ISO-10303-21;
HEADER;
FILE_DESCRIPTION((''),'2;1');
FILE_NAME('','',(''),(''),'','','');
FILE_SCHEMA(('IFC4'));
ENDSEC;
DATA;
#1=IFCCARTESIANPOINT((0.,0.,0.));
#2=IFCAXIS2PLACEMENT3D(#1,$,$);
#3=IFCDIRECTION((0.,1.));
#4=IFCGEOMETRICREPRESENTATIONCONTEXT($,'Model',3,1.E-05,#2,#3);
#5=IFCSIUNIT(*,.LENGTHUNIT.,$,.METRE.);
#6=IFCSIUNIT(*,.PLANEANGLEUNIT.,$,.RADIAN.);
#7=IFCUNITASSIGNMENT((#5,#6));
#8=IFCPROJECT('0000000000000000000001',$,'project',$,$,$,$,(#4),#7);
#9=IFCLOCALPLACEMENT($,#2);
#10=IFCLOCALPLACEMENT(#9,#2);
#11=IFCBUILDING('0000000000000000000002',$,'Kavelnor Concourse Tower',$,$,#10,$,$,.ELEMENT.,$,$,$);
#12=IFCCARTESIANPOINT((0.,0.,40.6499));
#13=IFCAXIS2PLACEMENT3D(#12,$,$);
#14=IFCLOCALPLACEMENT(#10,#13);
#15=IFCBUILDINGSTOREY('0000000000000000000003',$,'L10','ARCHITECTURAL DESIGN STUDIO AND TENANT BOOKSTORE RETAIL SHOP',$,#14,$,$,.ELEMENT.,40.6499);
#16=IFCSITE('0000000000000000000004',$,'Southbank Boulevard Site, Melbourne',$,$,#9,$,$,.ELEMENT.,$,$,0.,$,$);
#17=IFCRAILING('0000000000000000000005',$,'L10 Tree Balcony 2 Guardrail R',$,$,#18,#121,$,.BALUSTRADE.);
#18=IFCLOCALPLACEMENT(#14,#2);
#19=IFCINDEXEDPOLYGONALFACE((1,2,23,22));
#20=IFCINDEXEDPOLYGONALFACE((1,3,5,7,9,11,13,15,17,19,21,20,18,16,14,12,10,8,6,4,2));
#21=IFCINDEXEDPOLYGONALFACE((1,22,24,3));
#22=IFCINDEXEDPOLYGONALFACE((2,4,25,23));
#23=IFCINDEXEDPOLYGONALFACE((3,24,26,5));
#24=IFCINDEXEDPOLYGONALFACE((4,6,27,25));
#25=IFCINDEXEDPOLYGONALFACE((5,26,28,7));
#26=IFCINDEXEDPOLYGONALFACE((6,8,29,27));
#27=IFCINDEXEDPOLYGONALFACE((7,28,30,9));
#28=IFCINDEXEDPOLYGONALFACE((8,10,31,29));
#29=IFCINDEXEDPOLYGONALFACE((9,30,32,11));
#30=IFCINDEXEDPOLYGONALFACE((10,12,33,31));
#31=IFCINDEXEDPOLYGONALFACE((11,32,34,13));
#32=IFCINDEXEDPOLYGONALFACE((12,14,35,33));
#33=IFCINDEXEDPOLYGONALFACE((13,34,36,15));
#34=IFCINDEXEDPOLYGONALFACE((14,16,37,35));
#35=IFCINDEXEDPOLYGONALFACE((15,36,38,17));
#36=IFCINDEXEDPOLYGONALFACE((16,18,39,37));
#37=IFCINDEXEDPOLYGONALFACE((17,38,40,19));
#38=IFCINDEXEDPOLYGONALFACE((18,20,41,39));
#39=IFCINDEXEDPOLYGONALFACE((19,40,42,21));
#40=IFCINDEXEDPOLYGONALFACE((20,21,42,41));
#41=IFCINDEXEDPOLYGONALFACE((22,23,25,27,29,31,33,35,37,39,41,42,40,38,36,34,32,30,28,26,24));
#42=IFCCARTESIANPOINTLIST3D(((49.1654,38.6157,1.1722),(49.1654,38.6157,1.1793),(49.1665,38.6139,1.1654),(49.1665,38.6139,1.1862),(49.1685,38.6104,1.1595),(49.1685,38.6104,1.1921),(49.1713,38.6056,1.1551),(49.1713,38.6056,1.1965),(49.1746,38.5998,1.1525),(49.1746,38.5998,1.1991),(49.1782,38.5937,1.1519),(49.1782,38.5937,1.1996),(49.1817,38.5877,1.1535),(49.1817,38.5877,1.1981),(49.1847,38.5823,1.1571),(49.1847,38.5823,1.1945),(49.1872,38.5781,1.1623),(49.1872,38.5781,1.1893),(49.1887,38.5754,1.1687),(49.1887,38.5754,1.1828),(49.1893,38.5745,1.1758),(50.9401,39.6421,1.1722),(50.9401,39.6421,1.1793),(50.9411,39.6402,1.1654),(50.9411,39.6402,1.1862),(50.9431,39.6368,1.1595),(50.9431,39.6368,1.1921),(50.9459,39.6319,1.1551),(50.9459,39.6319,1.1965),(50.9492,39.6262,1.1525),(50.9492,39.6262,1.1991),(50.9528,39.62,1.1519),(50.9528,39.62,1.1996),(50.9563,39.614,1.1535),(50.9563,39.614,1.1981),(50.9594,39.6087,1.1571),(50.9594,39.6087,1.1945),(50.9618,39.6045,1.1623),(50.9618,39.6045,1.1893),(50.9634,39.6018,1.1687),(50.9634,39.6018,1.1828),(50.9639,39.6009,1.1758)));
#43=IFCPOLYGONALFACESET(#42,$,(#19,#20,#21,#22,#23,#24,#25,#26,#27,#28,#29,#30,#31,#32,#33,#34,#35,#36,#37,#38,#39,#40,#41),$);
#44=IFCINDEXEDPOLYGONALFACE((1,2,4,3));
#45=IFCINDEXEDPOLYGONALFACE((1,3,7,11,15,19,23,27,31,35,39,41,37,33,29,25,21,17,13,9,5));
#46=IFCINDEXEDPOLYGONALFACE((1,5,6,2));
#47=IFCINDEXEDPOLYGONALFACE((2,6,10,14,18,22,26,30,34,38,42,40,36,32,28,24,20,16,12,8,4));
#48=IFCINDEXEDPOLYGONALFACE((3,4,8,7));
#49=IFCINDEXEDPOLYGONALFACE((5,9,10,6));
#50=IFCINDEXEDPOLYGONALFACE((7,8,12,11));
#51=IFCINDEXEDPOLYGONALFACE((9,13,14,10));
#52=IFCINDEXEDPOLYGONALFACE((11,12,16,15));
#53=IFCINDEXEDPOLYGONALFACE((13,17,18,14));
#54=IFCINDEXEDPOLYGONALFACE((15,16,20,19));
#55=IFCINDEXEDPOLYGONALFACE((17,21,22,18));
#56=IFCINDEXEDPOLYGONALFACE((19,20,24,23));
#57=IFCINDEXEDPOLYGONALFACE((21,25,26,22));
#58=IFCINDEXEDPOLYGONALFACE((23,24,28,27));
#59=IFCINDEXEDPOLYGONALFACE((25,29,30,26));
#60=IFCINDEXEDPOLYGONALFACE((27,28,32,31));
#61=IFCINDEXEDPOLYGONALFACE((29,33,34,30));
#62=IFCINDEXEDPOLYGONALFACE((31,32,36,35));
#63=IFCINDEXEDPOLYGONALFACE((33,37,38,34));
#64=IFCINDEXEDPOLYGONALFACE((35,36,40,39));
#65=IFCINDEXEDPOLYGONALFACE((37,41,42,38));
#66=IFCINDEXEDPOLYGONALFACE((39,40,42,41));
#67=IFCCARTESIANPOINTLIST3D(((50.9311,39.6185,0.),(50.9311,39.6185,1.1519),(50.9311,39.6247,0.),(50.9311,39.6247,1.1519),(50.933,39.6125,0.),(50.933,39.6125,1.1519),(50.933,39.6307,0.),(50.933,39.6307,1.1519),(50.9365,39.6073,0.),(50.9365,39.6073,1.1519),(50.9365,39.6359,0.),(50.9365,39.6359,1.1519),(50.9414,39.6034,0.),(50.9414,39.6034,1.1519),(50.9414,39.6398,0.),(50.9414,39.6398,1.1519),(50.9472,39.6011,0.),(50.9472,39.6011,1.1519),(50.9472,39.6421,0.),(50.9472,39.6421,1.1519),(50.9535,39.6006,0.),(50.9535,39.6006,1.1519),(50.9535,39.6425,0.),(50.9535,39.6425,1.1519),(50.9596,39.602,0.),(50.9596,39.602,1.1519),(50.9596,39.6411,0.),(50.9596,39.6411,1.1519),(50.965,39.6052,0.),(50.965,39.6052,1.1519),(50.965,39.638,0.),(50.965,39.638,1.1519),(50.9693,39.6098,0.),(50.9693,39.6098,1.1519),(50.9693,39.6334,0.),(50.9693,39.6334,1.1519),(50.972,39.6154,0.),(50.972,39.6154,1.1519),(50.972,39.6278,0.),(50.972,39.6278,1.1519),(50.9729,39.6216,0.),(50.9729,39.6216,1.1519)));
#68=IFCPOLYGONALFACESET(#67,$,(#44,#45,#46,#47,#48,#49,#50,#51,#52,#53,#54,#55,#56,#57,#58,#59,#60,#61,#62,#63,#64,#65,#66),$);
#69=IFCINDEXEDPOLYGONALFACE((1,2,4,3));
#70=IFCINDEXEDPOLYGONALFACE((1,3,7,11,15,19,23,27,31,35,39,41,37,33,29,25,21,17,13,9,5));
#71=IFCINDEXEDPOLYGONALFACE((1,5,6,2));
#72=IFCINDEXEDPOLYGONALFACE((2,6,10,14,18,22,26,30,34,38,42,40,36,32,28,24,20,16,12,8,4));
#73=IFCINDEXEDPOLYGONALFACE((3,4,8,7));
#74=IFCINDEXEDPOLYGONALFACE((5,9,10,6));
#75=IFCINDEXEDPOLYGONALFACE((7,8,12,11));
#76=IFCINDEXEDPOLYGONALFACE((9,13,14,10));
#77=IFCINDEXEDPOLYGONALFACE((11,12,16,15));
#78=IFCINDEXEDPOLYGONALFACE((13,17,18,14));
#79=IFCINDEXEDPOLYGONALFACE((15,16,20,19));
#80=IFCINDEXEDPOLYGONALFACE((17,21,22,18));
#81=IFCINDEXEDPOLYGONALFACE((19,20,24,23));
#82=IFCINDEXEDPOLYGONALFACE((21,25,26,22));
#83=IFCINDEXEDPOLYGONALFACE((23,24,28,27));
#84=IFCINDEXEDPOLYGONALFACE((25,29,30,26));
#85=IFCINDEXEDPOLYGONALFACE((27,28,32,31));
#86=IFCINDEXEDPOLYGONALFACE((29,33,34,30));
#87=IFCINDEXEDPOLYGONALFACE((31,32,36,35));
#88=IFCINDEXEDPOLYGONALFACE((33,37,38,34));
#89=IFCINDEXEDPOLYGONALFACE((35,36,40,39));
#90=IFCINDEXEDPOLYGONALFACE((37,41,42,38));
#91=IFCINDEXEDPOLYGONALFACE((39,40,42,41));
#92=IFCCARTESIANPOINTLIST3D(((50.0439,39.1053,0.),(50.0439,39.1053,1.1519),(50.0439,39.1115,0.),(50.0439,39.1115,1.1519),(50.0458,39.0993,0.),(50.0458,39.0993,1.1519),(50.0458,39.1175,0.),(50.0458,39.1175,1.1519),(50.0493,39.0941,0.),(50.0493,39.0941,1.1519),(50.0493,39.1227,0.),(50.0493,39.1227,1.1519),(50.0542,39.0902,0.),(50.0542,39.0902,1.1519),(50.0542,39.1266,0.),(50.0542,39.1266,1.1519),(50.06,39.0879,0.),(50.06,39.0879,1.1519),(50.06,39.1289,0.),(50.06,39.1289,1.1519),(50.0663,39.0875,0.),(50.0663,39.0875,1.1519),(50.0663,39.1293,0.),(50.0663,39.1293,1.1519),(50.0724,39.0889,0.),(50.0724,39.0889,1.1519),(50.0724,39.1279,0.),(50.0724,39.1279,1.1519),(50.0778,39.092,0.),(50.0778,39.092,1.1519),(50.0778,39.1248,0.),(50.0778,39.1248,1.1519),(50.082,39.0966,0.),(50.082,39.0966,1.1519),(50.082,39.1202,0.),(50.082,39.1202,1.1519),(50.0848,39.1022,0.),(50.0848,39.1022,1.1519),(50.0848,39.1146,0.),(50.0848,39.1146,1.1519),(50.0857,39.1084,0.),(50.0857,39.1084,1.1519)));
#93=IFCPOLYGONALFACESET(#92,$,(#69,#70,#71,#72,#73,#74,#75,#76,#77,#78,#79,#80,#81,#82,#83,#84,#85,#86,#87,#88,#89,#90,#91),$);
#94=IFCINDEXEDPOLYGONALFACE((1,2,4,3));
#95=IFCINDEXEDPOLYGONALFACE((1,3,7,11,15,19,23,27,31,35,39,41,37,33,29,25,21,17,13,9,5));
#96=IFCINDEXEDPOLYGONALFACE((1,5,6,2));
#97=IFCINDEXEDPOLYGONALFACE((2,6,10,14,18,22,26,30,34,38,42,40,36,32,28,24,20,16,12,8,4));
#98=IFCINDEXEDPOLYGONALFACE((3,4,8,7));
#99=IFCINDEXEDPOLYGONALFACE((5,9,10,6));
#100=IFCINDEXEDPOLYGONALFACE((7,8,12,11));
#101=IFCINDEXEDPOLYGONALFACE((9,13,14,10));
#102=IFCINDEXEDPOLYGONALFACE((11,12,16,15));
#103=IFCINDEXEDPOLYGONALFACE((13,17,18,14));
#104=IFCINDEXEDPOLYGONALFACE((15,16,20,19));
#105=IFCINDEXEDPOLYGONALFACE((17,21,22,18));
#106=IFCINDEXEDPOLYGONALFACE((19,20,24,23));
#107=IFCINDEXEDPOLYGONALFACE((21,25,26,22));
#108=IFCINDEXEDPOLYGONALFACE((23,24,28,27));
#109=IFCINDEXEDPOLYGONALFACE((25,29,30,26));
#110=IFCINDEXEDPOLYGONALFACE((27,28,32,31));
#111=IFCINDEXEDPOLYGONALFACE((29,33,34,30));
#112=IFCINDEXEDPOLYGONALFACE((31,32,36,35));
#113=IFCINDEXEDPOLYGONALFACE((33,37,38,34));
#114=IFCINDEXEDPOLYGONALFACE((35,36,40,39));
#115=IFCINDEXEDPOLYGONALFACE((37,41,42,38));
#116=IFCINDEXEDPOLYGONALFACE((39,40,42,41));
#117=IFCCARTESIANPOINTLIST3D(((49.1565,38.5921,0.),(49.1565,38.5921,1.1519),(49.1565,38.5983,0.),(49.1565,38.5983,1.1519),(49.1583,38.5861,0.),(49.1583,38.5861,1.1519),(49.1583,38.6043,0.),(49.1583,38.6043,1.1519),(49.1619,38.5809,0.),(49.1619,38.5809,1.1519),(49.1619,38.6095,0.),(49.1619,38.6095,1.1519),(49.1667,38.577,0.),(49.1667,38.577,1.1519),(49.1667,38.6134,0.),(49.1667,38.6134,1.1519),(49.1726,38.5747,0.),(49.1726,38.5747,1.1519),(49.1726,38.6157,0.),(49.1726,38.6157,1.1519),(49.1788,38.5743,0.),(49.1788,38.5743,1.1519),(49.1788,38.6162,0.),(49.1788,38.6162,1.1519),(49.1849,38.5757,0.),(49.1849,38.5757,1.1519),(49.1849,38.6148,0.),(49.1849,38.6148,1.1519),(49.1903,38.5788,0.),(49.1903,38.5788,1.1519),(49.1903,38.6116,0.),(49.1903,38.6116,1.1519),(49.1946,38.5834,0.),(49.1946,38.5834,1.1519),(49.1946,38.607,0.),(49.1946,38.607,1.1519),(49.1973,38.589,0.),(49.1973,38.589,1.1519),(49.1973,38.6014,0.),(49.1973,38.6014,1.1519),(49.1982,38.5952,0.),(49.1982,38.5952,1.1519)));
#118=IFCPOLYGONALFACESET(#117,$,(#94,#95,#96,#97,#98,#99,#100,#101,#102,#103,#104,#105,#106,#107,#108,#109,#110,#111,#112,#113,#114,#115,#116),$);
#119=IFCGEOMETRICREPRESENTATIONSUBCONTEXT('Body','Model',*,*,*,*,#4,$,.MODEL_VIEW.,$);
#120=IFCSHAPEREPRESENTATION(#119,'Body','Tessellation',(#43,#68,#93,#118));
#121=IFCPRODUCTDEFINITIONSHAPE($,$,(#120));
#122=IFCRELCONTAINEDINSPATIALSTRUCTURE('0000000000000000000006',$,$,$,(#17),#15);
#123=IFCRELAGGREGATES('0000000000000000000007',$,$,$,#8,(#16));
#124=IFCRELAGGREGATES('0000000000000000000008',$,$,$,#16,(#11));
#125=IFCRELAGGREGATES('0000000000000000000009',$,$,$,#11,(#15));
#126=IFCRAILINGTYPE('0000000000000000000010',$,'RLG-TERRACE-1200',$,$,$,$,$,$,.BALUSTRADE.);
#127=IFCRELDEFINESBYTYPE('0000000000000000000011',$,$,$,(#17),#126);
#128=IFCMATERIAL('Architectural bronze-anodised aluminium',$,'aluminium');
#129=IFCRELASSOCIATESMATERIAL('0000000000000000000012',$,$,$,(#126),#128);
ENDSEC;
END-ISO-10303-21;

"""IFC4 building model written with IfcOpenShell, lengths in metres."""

from ifc_helpers import new_model, si_unit, direction, frame, origin, origin_2d, place, context, subcontext, project, spatial, circle, extrude, material, type_object, element, save


model = new_model("IFC4")

# Units and contexts
model_context = context("Model", 3, precision=1e-05, world=origin(), true_north=direction((0.0, 1.0)))
body_context = subcontext(model_context, "Body", "Model", "MODEL_VIEW")
ifc_project = project(units=[si_unit("LENGTHUNIT", "METRE"), si_unit("PLANEANGLEUNIT", "RADIAN")], contexts=[model_context])

# Site, building, storey
site_placement = place(None, origin())
site = spatial("IfcSite", under=ifc_project, at=site_placement, Name="Southbank Boulevard Site, Melbourne", CompositionType="ELEMENT", RefElevation=0.0)
building_placement = place(site_placement, origin())
building = spatial("IfcBuilding", under=site, at=building_placement, Name="Kavelnor Concourse Tower", CompositionType="ELEMENT")
storey_placement = place(building_placement, frame((0.0, 0.0, 40.6499)))
storey = spatial("IfcBuildingStorey", under=building, at=storey_placement, Name="L10", Description="ARCHITECTURAL DESIGN STUDIO AND TENANT BOOKSTORE RETAIL SHOP", CompositionType="ELEMENT", Elevation=40.6499)

# Railing
ifc_material_1 = material(Name="Architectural bronze-anodised aluminium", Category="aluminium")
railing_type = type_object("IfcRailingType", Name="RLG-TERRACE-1200", PredefinedType="BALUSTRADE", material=ifc_material_1)
railing_1_placement = place(storey_placement, frame((50.9519, 39.6216, 0.0)))
element("IfcRailing", 1, at=railing_1_placement, inside=storey, type_object=railing_type, Name="L10 Tree Balcony 2 Guardrail R", PredefinedType="BALUSTRADE", context=body_context, shape_type="SweptSolid", body=[
    extrude(circle(Radius=0.0239, at=origin_2d()), frame((0.0, 0.0, 1.1758), z_axis=(-0.865652, -0.500647, 0.0), x_axis=(0.500647, -0.865652, 0.0)), (0.0, 0.0, 1.0), 2.05),
    extrude(circle(Radius=0.021, at=origin_2d()), origin(), (0.0, 0.0, 1.0), 1.1519),
    extrude(circle(Radius=0.021, at=origin_2d()), frame((-0.8872, -0.5132, 0.0)), (0.0, 0.0, 1.0), 1.1519),
    extrude(circle(Radius=0.021, at=origin_2d()), frame((-1.7747, -1.0264, 0.0)), (0.0, 0.0, 1.0), 1.1519),
])

save(model, "model.ifc")
